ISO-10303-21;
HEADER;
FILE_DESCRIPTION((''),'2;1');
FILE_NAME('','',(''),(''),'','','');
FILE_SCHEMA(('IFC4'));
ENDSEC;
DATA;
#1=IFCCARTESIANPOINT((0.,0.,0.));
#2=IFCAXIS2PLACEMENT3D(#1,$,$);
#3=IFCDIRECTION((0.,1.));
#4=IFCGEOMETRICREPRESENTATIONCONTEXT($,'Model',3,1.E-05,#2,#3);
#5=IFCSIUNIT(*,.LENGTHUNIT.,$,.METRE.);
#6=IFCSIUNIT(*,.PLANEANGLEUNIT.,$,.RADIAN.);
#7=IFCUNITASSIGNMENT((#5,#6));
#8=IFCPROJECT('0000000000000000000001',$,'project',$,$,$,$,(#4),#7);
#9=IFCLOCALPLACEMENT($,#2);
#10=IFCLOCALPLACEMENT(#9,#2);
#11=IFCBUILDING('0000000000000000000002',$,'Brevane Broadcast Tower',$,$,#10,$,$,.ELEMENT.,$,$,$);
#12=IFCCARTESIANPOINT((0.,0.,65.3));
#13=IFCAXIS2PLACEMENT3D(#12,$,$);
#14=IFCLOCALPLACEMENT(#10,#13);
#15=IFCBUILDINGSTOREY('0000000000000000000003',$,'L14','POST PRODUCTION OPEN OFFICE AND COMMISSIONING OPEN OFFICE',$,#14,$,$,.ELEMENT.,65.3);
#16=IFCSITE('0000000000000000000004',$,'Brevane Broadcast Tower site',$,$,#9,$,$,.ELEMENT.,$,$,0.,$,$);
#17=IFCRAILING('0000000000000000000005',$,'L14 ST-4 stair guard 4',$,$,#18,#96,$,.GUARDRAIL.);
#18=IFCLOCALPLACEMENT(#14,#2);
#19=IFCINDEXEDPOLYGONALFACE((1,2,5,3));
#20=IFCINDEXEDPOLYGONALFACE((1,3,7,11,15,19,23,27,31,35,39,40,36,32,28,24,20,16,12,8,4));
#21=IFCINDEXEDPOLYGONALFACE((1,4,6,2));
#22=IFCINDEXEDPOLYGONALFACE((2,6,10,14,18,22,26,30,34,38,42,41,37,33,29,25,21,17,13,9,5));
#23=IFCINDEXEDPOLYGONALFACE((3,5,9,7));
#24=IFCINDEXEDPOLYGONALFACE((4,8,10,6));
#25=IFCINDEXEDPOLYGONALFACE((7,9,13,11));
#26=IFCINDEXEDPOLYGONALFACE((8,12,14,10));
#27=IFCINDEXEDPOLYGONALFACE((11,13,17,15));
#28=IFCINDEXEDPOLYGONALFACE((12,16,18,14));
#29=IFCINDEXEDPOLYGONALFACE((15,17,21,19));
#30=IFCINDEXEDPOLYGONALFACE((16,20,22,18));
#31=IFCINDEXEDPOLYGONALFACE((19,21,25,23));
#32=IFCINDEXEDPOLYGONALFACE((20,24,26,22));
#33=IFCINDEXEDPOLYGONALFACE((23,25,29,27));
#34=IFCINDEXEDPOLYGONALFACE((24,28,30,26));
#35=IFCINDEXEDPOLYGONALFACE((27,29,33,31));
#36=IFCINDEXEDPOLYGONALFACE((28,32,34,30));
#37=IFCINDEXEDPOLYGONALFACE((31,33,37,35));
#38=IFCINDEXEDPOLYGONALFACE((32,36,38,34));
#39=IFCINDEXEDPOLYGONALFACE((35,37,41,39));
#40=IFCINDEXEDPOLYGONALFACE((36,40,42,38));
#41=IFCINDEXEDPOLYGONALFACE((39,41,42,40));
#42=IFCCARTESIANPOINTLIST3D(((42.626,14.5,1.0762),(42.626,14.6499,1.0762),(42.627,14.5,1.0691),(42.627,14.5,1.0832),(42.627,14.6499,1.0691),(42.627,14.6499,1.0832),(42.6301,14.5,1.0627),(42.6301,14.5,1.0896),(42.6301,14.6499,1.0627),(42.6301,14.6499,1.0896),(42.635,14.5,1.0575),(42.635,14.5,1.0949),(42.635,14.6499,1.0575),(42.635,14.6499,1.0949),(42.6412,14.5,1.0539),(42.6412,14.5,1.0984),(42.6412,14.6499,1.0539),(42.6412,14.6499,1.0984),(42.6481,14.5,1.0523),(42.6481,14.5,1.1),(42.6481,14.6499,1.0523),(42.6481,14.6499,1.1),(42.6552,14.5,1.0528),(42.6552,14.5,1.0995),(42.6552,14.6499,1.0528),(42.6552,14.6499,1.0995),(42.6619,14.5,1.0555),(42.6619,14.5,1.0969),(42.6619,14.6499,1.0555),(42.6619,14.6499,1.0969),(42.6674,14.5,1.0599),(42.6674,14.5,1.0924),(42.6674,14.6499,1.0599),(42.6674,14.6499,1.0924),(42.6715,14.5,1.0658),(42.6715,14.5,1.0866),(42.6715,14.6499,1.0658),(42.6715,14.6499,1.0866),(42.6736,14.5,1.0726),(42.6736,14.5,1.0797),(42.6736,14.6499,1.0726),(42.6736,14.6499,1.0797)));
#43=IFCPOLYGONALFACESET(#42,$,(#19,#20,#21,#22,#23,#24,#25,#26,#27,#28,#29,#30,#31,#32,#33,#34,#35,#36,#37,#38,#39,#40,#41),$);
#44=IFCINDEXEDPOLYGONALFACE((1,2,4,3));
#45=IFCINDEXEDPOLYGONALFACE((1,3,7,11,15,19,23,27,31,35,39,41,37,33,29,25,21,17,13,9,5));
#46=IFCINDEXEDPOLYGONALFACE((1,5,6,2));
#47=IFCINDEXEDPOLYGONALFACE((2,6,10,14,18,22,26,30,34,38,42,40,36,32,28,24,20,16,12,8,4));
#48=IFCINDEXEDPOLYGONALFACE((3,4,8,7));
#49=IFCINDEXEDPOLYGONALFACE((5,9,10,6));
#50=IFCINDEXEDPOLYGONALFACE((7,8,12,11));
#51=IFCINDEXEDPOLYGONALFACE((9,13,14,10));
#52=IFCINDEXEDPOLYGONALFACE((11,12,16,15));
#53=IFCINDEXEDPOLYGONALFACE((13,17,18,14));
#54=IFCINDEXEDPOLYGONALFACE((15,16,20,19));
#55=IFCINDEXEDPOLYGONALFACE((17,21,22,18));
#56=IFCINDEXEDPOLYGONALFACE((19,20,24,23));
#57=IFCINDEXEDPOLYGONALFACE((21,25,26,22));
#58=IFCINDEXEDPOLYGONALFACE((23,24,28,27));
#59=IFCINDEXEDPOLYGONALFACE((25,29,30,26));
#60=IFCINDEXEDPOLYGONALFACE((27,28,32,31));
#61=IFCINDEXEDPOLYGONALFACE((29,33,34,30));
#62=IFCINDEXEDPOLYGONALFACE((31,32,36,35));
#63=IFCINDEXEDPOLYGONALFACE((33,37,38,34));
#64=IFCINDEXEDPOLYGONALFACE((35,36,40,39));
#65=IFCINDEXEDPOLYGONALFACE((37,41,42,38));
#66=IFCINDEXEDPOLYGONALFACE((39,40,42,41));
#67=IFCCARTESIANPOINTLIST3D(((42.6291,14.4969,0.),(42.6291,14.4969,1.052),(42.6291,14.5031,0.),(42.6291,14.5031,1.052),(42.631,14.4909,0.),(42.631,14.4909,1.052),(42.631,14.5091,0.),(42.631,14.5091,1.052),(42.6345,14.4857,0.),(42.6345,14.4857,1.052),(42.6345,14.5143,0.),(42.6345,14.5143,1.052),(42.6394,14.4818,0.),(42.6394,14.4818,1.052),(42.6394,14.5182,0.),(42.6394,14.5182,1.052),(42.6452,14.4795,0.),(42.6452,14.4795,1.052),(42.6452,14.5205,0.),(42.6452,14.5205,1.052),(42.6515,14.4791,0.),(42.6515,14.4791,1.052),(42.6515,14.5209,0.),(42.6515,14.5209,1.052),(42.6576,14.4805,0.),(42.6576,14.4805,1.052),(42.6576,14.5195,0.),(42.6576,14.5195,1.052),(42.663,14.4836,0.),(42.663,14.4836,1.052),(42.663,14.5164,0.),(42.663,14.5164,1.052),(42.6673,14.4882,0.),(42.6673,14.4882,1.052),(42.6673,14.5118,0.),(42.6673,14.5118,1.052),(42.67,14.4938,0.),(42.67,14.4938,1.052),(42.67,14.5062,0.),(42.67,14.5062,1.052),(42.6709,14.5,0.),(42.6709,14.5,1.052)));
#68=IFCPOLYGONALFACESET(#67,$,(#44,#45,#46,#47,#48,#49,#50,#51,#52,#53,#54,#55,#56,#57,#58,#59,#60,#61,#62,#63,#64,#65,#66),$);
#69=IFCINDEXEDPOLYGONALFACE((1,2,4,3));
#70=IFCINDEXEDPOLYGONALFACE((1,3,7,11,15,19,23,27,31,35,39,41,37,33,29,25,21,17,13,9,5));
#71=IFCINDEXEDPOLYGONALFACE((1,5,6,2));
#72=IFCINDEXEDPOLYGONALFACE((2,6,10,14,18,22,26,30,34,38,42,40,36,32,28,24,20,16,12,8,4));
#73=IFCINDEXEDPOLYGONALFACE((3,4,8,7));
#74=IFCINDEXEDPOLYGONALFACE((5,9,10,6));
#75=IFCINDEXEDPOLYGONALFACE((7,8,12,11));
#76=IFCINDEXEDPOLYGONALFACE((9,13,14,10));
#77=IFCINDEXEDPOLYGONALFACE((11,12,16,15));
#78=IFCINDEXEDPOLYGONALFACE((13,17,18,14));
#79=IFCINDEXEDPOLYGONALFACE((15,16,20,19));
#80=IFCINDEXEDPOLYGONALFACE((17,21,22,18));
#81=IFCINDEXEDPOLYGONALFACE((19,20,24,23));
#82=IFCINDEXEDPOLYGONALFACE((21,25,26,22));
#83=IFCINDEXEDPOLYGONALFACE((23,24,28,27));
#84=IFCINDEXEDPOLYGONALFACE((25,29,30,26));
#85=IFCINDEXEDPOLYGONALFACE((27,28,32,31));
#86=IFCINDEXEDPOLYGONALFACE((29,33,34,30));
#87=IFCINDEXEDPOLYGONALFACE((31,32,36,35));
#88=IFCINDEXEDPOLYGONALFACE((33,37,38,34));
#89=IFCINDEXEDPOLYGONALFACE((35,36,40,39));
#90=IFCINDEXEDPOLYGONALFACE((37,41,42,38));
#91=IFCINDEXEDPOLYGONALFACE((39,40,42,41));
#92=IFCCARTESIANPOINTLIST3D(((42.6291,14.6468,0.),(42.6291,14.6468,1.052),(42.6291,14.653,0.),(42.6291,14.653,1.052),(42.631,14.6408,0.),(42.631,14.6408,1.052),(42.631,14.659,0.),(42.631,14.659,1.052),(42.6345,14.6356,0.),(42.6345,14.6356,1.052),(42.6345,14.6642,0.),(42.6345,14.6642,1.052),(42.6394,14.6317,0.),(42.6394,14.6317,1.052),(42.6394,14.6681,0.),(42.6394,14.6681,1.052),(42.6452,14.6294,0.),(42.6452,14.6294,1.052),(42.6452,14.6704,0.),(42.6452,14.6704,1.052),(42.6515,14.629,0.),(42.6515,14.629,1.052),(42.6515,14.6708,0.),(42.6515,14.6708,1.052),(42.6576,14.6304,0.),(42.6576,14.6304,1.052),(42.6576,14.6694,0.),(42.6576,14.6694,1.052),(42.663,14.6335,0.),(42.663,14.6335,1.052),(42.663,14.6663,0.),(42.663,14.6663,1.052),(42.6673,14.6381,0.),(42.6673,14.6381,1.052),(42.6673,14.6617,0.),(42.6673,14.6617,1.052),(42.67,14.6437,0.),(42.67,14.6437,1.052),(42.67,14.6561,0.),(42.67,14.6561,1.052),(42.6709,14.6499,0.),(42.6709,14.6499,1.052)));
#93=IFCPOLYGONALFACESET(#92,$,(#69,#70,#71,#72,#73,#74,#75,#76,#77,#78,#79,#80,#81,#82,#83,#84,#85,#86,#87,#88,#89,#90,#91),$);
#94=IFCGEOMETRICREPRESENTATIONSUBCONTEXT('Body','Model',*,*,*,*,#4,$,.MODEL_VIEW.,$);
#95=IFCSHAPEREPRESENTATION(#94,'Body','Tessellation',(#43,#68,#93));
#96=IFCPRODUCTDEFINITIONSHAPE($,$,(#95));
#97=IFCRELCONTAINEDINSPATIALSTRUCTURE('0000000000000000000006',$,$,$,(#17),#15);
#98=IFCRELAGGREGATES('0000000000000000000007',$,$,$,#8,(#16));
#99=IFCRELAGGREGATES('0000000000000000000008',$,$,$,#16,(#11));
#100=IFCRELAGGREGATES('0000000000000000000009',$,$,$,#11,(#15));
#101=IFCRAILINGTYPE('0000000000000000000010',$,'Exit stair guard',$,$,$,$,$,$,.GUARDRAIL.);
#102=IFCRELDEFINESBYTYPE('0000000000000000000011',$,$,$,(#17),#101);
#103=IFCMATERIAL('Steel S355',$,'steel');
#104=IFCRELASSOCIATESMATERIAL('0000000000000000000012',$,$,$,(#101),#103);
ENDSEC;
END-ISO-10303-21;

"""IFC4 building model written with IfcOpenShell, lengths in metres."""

from ifc_helpers import new_model, si_unit, direction, frame, origin, origin_2d, place, context, subcontext, project, spatial, circle, extrude, material, type_object, element, save


model = new_model("IFC4")

# Units and contexts
model_context = context("Model", 3, precision=1e-05, world=origin(), true_north=direction((0.0, 1.0)))
body_context = subcontext(model_context, "Body", "Model", "MODEL_VIEW")
ifc_project = project(units=[si_unit("LENGTHUNIT", "METRE"), si_unit("PLANEANGLEUNIT", "RADIAN")], contexts=[model_context])

# Site, building, storey
site_placement = place(None, origin())
site = spatial("IfcSite", under=ifc_project, at=site_placement, Name="Brevane Broadcast Tower site", CompositionType="ELEMENT", RefElevation=0.0)
building_placement = place(site_placement, origin())
building = spatial("IfcBuilding", under=site, at=building_placement, Name="Brevane Broadcast Tower", CompositionType="ELEMENT")
storey_placement = place(building_placement, frame((0.0, 0.0, 65.3)))
storey = spatial("IfcBuildingStorey", under=building, at=storey_placement, Name="L14", Description="POST PRODUCTION OPEN OFFICE AND COMMISSIONING OPEN OFFICE", CompositionType="ELEMENT", Elevation=65.3)

# Railing
ifc_material_1 = material(Name="Steel S355", Category="steel")
railing_type_1 = type_object("IfcRailingType", Name="Exit stair guard", PredefinedType="GUARDRAIL", material=ifc_material_1)
railing_1_placement = place(storey_placement, frame((42.6499, 14.5, 0.0)))
element("IfcRailing", 1, at=railing_1_placement, inside=storey, type_object=railing_type_1, Name="L14 ST-4 stair guard 4", PredefinedType="GUARDRAIL", context=body_context, shape_type="SweptSolid", body=[
    extrude(circle(Radius=0.0239, at=origin_2d()), frame((0.0, 0.0, 1.0762), z_axis=(0.0, 1.0, 0.0), x_axis=(-1.0, 0.0, 0.0)), (0.0, 0.0, 1.0), 0.1499),
    extrude(circle(Radius=0.021, at=origin_2d()), origin(), (0.0, 0.0, 1.0), 1.052),
    extrude(circle(Radius=0.021, at=origin_2d()), frame((0.0, 0.1499, 0.0)), (0.0, 0.0, 1.0), 1.052),
])

save(model, "model.ifc")
